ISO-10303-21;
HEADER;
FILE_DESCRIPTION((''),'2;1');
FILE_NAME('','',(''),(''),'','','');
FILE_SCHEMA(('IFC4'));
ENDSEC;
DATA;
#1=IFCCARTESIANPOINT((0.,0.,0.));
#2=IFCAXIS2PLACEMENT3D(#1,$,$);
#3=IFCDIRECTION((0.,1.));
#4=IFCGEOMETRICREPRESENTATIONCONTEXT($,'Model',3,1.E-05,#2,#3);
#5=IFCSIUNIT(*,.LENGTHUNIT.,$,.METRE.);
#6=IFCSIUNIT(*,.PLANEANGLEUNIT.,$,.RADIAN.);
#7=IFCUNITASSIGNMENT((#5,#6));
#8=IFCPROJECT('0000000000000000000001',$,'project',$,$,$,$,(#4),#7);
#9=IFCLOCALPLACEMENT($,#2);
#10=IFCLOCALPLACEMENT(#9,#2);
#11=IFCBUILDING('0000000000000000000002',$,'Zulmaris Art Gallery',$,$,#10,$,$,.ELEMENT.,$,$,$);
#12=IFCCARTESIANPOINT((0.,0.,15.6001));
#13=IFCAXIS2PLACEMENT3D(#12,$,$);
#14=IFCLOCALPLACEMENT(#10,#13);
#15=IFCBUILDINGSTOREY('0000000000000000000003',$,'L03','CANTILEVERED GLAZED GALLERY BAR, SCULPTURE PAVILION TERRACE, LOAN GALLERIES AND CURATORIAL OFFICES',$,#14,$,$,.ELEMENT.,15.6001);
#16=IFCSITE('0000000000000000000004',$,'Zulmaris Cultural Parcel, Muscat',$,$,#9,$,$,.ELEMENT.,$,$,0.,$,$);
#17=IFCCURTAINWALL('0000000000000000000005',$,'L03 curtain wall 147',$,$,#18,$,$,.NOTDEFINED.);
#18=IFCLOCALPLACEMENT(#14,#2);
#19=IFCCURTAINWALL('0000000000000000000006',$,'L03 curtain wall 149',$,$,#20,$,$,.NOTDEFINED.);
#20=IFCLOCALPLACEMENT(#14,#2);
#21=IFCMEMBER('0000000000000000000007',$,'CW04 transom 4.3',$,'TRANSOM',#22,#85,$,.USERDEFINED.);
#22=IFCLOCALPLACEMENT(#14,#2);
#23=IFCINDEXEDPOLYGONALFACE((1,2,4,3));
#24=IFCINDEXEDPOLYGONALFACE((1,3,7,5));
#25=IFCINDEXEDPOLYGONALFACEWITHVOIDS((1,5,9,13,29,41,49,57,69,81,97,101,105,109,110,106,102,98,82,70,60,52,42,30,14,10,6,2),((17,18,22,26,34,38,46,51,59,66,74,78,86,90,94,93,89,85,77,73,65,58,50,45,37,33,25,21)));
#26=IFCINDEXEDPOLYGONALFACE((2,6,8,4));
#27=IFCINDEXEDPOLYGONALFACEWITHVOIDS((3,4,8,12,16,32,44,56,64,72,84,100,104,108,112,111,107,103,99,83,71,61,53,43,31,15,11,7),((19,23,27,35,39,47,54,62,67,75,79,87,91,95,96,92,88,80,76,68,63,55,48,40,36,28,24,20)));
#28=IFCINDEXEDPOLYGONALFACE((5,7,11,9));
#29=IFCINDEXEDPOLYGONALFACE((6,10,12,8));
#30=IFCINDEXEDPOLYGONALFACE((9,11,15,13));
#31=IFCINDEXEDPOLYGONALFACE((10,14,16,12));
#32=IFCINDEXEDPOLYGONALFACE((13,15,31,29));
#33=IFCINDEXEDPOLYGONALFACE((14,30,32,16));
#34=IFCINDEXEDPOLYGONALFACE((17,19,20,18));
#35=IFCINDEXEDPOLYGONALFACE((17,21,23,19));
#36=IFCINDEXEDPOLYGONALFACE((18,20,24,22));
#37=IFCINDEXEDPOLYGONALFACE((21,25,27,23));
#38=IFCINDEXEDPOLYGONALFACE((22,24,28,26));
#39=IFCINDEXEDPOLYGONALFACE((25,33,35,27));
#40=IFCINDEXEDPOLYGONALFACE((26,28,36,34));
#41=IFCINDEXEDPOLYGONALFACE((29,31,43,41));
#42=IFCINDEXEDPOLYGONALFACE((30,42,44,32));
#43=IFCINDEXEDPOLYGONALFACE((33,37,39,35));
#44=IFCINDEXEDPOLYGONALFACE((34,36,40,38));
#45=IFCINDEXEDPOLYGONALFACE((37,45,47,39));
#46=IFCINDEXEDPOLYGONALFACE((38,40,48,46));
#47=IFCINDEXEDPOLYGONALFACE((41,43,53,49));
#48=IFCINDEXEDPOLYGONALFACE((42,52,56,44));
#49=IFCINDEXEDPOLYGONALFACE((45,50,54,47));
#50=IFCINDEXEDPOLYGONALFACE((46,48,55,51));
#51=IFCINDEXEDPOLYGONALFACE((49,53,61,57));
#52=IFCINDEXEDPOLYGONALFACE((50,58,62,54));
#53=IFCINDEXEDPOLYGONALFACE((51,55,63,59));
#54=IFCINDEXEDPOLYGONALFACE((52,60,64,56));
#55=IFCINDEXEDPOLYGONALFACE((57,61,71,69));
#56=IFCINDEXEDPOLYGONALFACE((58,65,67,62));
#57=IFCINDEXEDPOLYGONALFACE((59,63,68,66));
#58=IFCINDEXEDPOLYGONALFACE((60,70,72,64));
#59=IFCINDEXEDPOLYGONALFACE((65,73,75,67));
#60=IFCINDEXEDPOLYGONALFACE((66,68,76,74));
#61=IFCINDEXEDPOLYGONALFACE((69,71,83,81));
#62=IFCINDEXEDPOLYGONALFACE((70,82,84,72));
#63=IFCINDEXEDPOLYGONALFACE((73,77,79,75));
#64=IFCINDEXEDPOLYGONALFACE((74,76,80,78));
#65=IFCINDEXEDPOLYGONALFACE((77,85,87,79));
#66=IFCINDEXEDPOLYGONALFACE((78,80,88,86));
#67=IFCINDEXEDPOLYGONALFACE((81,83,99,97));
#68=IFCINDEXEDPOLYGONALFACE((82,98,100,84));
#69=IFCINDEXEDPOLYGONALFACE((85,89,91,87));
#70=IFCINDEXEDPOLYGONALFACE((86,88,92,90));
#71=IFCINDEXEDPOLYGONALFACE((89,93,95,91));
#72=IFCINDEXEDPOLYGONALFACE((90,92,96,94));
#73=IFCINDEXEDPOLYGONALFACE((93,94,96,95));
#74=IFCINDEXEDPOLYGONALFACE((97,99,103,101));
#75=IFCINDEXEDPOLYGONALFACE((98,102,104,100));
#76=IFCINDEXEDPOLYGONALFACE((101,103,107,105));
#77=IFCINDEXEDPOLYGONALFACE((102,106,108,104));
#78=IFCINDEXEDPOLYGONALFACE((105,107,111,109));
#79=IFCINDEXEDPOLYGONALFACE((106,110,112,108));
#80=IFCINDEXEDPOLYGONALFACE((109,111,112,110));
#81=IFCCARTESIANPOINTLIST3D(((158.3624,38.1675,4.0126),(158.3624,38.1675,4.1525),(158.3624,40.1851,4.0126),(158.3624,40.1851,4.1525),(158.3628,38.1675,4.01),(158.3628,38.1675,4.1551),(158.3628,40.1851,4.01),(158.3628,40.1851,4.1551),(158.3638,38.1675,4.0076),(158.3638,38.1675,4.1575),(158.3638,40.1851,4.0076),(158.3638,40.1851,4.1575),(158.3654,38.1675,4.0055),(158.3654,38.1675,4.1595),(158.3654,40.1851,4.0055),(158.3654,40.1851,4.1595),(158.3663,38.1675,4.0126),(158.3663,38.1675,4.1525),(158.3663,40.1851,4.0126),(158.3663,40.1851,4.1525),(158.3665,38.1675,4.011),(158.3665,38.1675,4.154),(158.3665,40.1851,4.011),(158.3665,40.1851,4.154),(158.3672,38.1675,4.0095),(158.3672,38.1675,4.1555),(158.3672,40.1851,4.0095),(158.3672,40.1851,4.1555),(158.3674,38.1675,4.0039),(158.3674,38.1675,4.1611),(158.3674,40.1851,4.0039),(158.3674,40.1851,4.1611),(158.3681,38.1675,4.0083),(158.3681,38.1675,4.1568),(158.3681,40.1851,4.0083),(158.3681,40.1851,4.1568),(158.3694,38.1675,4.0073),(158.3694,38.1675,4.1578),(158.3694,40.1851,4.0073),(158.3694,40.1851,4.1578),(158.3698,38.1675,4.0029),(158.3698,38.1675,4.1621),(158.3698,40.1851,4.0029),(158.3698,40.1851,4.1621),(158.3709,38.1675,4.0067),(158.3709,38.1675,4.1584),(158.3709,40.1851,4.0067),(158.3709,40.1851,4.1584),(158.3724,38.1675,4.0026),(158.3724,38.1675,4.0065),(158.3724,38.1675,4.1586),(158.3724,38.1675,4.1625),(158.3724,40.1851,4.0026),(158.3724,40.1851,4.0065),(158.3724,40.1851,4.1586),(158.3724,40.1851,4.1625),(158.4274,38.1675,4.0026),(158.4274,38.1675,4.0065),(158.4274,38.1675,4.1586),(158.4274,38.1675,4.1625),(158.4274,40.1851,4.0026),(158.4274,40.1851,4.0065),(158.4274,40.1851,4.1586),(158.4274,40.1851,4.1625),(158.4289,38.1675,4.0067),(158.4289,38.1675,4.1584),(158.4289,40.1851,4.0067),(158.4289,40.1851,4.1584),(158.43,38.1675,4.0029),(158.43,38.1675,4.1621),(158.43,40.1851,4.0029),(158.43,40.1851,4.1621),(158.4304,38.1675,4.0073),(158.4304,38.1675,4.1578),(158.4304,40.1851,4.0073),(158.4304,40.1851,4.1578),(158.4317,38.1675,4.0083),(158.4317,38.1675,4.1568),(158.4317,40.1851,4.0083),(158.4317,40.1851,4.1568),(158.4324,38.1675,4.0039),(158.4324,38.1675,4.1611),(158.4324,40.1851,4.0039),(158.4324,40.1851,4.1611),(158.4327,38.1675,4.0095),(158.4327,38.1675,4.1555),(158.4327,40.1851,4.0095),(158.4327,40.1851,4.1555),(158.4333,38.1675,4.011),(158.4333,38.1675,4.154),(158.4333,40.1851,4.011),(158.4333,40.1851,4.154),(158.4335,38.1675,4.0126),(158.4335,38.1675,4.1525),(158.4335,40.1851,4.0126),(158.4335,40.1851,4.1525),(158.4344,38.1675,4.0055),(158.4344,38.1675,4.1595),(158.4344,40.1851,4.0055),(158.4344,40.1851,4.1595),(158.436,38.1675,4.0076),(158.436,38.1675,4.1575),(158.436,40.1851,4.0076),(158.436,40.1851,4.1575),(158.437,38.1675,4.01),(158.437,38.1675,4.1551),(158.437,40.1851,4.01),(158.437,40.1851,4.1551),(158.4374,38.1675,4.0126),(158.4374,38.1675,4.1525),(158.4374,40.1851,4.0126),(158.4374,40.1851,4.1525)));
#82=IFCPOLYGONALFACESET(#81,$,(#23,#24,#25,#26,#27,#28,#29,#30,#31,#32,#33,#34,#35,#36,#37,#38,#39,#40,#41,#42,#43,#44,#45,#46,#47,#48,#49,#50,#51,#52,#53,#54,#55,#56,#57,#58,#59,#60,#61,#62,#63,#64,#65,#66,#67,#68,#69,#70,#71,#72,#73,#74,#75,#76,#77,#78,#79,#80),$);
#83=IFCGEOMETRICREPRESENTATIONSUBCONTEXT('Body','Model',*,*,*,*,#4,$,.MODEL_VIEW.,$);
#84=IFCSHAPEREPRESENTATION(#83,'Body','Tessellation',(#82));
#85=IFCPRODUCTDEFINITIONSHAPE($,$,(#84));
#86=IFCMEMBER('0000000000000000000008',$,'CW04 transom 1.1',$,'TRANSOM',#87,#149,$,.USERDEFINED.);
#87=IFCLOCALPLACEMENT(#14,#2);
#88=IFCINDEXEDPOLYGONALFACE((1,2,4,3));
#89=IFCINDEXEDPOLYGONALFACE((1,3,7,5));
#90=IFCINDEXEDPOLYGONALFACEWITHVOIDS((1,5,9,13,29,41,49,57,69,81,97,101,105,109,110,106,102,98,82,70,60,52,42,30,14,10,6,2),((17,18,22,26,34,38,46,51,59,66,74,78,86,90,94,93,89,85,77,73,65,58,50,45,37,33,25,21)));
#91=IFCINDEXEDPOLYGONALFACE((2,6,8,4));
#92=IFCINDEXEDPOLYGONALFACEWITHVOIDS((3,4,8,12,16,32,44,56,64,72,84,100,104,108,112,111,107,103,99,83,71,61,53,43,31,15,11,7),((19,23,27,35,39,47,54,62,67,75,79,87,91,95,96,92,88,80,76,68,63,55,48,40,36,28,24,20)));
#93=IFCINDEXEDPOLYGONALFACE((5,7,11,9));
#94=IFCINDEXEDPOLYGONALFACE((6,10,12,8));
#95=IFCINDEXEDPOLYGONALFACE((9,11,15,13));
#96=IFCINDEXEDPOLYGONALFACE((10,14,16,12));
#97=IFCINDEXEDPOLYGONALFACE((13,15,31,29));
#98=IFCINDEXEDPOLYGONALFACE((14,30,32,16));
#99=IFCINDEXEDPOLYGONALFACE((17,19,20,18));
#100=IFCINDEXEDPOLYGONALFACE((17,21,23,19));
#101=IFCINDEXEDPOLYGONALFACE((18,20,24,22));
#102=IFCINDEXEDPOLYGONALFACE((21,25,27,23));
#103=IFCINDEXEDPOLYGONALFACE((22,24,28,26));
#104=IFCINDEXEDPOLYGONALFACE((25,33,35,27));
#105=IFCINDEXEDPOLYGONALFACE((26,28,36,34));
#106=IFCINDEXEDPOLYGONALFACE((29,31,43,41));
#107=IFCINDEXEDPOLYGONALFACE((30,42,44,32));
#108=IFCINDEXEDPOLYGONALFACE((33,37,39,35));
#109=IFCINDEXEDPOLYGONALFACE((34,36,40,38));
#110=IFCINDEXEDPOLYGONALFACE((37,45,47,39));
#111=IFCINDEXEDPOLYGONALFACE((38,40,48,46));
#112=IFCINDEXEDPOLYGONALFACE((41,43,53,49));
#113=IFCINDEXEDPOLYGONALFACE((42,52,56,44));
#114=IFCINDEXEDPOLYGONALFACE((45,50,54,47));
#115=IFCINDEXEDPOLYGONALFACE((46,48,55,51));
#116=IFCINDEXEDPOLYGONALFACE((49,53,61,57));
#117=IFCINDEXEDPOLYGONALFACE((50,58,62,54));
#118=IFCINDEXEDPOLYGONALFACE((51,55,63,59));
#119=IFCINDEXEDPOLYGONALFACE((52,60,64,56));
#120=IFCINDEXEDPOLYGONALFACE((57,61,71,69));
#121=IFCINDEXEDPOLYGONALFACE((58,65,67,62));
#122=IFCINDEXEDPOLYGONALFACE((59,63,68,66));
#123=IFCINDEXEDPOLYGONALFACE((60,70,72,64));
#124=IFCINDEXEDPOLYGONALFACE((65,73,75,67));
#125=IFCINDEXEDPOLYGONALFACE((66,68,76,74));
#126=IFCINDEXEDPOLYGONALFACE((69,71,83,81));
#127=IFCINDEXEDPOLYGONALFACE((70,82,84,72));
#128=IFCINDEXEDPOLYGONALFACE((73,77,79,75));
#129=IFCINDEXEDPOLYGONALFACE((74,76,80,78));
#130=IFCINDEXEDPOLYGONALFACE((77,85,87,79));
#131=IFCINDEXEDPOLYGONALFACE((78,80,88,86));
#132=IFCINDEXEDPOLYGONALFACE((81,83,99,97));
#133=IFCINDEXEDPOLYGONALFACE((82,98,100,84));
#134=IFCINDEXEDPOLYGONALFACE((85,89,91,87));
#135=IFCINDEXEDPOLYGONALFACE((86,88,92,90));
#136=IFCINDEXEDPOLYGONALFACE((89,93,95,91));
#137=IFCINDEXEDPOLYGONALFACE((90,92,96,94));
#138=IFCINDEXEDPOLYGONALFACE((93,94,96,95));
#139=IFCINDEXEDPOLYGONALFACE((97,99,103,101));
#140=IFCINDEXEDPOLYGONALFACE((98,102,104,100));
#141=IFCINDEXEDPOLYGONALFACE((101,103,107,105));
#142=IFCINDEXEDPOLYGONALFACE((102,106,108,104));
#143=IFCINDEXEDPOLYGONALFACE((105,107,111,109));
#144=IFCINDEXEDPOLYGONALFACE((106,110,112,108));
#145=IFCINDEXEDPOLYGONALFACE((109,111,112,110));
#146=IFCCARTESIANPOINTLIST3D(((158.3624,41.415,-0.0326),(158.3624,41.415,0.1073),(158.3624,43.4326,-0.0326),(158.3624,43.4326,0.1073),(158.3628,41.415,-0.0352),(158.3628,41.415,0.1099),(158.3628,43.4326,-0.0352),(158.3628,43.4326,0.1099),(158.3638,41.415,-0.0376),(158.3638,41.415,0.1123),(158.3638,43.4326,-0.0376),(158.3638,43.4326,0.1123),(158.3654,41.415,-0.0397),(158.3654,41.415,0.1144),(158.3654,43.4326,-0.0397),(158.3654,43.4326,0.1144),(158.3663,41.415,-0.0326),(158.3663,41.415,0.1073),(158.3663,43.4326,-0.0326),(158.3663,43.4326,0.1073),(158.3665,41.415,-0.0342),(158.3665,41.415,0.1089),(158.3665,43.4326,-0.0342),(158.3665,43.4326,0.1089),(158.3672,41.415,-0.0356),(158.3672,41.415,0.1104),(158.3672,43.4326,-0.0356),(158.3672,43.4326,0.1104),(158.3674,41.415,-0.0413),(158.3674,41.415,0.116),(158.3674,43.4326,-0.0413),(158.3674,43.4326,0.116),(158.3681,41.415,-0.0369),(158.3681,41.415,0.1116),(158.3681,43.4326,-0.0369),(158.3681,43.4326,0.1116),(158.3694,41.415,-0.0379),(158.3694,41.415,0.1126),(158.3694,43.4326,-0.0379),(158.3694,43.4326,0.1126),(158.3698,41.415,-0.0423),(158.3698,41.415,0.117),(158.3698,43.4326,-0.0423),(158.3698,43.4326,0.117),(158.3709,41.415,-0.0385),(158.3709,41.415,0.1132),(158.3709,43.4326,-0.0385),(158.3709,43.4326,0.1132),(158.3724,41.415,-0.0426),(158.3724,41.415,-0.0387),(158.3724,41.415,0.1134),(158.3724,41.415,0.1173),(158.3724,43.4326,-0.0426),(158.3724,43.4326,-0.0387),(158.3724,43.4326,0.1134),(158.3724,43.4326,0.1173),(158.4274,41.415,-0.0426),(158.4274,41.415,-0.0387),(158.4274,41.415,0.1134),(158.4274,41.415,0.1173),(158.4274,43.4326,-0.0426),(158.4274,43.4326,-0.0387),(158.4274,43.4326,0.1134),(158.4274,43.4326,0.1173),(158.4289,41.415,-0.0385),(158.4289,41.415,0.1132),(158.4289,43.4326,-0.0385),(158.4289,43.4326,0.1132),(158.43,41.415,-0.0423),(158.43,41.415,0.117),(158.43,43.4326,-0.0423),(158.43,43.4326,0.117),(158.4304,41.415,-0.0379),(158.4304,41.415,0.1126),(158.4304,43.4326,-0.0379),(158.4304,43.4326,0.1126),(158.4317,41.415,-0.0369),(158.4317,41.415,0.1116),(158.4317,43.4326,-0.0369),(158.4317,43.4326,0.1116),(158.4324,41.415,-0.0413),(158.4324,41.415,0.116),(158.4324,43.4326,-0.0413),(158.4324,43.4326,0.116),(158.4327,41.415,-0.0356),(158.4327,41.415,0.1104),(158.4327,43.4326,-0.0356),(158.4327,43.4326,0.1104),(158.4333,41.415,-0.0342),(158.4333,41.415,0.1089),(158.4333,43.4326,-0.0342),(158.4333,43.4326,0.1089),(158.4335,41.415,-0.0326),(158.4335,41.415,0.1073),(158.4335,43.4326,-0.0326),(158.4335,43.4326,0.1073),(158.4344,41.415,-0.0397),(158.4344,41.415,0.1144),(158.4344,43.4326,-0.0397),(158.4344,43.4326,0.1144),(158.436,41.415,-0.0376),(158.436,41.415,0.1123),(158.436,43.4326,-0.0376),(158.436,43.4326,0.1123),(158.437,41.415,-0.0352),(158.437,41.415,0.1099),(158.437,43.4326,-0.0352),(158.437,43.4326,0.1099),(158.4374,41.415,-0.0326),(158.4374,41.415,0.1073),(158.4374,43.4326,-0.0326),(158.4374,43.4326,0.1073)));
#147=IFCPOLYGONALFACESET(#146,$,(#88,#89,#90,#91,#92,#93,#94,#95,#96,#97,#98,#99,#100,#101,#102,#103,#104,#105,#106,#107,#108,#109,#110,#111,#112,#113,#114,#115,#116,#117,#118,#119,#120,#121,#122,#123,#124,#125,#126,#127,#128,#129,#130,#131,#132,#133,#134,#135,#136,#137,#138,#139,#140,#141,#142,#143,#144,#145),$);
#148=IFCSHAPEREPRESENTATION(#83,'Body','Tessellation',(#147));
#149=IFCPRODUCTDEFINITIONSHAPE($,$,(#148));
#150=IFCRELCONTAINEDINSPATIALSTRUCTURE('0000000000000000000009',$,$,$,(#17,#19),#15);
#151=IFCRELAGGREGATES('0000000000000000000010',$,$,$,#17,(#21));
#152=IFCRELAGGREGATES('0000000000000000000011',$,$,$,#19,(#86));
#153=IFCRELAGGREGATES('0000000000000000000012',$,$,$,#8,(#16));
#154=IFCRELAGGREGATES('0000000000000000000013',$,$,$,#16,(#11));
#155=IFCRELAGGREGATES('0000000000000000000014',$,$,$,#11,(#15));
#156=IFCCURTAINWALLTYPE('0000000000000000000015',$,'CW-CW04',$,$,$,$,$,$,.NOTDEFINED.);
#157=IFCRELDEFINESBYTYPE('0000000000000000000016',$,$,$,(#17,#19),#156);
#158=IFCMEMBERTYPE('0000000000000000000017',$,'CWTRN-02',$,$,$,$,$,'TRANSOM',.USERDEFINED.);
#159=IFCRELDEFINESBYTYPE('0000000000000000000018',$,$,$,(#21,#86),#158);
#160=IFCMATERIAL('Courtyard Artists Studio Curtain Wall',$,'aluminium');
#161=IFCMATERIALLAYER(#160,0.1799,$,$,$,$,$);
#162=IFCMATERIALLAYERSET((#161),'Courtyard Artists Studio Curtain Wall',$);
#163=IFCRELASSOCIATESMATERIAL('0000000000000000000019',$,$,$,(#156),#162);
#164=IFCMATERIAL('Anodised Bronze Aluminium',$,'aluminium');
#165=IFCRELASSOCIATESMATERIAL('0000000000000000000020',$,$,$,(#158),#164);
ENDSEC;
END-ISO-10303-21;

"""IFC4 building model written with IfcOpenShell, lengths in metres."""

from ifc_helpers import new_model, si_unit, direction, frame, origin, origin_2d, place, context, subcontext, project, spatial, hollow_rectangle, extrude, material, layer, layer_set, material_profile, profile_set, type_object, element, aggregate, save


model = new_model("IFC4")

# Units and contexts
model_context = context("Model", 3, precision=1e-05, world=origin(), true_north=direction((0.0, 1.0)))
body_context = subcontext(model_context, "Body", "Model", "MODEL_VIEW")
ifc_project = project(units=[si_unit("LENGTHUNIT", "METRE"), si_unit("PLANEANGLEUNIT", "RADIAN")], contexts=[model_context])

# Site, building, storey
site_placement = place(None, origin())
site = spatial("IfcSite", under=ifc_project, at=site_placement, Name="Zulmaris Cultural Parcel, Muscat", CompositionType="ELEMENT", RefElevation=0.0)
building_placement = place(site_placement, origin())
building = spatial("IfcBuilding", under=site, at=building_placement, Name="Zulmaris Art Gallery", CompositionType="ELEMENT")
storey_placement = place(building_placement, frame((0.0, 0.0, 15.6001)))
storey = spatial("IfcBuildingStorey", under=building, at=storey_placement, Name="L03", Description="CANTILEVERED GLAZED GALLERY BAR, SCULPTURE PAVILION TERRACE, LOAN GALLERIES AND CURATORIAL OFFICES", CompositionType="ELEMENT", Elevation=15.6001)

# Curtain wall
ifc_material_1 = material(Name="Courtyard Artists Studio Curtain Wall", Category="aluminium")
ifc_layer_1 = layer(ifc_material_1, 0.1799)
ifc_layer_set_1 = layer_set([ifc_layer_1], Name="Courtyard Artists Studio Curtain Wall")
curtain_wall_type = type_object("IfcCurtainWallType", Name="CW-CW04", PredefinedType="NOTDEFINED", material=ifc_layer_set_1)
curtain_wall_1_placement = place(storey_placement, origin())
curtain_wall_1 = element("IfcCurtainWall", 1, at=curtain_wall_1_placement, inside=storey, type_object=curtain_wall_type, Name="L03 curtain wall 147", PredefinedType="NOTDEFINED")
ifc_material_2 = material(Name="Anodised Bronze Aluminium", Category="aluminium")

# Curtain wall
curtain_wall_2_placement = place(storey_placement, origin())
curtain_wall_2 = element("IfcCurtainWall", 2, at=curtain_wall_2_placement, inside=storey, type_object=curtain_wall_type, Name="L03 curtain wall 149", PredefinedType="NOTDEFINED")

# Members
ifc_material_profile_1 = material_profile(ifc_material_2, hollow_rectangle(XDim=0.075, YDim=0.1599, WallThickness=0.0039, InnerFilletRadius=0.0061, OuterFilletRadius=0.01, at=origin_2d()), Name="ALU 75x160x4")
ifc_profile_set_1 = profile_set([ifc_material_profile_1], Name="Anodised Bronze Aluminium")
member_type_1 = type_object("IfcMemberType", Name="CWTRN-02", ElementType="TRANSOM", PredefinedType="USERDEFINED", material=ifc_profile_set_1)
member_1_placement = place(storey_placement, frame((158.3999, 38.1675, 4.0825), z_axis=(0.0, 1.0, 0.0), x_axis=(-1.0, 0.0, 0.0)))
member_1 = element("IfcMember", 3, at=member_1_placement, type_object=member_type_1, Name="CW04 transom 4.3", ObjectType="TRANSOM", PredefinedType="USERDEFINED", context=body_context, shape_type="SweptSolid", body=[
    extrude(hollow_rectangle(XDim=0.075, YDim=0.1599, WallThickness=0.0039, InnerFilletRadius=0.0061, OuterFilletRadius=0.01, at=origin_2d()), origin(), (0.0, 0.0, 1.0), 2.0176),
])
member_2_placement = place(storey_placement, frame((158.3999, 41.415, 0.0374), z_axis=(0.0, 1.0, 0.0), x_axis=(-1.0, 0.0, 0.0)))
member_2 = element("IfcMember", 4, at=member_2_placement, type_object=member_type_1, Name="CW04 transom 1.1", ObjectType="TRANSOM", PredefinedType="USERDEFINED", context=body_context, shape_type="SweptSolid", body=[
    extrude(hollow_rectangle(XDim=0.075, YDim=0.1599, WallThickness=0.0039, InnerFilletRadius=0.0061, OuterFilletRadius=0.01, at=origin_2d()), origin(), (0.0, 0.0, 1.0), 2.0176),
])

aggregate(curtain_wall_1, [member_1])
aggregate(curtain_wall_2, [member_2])

save(model, "model.ifc")
